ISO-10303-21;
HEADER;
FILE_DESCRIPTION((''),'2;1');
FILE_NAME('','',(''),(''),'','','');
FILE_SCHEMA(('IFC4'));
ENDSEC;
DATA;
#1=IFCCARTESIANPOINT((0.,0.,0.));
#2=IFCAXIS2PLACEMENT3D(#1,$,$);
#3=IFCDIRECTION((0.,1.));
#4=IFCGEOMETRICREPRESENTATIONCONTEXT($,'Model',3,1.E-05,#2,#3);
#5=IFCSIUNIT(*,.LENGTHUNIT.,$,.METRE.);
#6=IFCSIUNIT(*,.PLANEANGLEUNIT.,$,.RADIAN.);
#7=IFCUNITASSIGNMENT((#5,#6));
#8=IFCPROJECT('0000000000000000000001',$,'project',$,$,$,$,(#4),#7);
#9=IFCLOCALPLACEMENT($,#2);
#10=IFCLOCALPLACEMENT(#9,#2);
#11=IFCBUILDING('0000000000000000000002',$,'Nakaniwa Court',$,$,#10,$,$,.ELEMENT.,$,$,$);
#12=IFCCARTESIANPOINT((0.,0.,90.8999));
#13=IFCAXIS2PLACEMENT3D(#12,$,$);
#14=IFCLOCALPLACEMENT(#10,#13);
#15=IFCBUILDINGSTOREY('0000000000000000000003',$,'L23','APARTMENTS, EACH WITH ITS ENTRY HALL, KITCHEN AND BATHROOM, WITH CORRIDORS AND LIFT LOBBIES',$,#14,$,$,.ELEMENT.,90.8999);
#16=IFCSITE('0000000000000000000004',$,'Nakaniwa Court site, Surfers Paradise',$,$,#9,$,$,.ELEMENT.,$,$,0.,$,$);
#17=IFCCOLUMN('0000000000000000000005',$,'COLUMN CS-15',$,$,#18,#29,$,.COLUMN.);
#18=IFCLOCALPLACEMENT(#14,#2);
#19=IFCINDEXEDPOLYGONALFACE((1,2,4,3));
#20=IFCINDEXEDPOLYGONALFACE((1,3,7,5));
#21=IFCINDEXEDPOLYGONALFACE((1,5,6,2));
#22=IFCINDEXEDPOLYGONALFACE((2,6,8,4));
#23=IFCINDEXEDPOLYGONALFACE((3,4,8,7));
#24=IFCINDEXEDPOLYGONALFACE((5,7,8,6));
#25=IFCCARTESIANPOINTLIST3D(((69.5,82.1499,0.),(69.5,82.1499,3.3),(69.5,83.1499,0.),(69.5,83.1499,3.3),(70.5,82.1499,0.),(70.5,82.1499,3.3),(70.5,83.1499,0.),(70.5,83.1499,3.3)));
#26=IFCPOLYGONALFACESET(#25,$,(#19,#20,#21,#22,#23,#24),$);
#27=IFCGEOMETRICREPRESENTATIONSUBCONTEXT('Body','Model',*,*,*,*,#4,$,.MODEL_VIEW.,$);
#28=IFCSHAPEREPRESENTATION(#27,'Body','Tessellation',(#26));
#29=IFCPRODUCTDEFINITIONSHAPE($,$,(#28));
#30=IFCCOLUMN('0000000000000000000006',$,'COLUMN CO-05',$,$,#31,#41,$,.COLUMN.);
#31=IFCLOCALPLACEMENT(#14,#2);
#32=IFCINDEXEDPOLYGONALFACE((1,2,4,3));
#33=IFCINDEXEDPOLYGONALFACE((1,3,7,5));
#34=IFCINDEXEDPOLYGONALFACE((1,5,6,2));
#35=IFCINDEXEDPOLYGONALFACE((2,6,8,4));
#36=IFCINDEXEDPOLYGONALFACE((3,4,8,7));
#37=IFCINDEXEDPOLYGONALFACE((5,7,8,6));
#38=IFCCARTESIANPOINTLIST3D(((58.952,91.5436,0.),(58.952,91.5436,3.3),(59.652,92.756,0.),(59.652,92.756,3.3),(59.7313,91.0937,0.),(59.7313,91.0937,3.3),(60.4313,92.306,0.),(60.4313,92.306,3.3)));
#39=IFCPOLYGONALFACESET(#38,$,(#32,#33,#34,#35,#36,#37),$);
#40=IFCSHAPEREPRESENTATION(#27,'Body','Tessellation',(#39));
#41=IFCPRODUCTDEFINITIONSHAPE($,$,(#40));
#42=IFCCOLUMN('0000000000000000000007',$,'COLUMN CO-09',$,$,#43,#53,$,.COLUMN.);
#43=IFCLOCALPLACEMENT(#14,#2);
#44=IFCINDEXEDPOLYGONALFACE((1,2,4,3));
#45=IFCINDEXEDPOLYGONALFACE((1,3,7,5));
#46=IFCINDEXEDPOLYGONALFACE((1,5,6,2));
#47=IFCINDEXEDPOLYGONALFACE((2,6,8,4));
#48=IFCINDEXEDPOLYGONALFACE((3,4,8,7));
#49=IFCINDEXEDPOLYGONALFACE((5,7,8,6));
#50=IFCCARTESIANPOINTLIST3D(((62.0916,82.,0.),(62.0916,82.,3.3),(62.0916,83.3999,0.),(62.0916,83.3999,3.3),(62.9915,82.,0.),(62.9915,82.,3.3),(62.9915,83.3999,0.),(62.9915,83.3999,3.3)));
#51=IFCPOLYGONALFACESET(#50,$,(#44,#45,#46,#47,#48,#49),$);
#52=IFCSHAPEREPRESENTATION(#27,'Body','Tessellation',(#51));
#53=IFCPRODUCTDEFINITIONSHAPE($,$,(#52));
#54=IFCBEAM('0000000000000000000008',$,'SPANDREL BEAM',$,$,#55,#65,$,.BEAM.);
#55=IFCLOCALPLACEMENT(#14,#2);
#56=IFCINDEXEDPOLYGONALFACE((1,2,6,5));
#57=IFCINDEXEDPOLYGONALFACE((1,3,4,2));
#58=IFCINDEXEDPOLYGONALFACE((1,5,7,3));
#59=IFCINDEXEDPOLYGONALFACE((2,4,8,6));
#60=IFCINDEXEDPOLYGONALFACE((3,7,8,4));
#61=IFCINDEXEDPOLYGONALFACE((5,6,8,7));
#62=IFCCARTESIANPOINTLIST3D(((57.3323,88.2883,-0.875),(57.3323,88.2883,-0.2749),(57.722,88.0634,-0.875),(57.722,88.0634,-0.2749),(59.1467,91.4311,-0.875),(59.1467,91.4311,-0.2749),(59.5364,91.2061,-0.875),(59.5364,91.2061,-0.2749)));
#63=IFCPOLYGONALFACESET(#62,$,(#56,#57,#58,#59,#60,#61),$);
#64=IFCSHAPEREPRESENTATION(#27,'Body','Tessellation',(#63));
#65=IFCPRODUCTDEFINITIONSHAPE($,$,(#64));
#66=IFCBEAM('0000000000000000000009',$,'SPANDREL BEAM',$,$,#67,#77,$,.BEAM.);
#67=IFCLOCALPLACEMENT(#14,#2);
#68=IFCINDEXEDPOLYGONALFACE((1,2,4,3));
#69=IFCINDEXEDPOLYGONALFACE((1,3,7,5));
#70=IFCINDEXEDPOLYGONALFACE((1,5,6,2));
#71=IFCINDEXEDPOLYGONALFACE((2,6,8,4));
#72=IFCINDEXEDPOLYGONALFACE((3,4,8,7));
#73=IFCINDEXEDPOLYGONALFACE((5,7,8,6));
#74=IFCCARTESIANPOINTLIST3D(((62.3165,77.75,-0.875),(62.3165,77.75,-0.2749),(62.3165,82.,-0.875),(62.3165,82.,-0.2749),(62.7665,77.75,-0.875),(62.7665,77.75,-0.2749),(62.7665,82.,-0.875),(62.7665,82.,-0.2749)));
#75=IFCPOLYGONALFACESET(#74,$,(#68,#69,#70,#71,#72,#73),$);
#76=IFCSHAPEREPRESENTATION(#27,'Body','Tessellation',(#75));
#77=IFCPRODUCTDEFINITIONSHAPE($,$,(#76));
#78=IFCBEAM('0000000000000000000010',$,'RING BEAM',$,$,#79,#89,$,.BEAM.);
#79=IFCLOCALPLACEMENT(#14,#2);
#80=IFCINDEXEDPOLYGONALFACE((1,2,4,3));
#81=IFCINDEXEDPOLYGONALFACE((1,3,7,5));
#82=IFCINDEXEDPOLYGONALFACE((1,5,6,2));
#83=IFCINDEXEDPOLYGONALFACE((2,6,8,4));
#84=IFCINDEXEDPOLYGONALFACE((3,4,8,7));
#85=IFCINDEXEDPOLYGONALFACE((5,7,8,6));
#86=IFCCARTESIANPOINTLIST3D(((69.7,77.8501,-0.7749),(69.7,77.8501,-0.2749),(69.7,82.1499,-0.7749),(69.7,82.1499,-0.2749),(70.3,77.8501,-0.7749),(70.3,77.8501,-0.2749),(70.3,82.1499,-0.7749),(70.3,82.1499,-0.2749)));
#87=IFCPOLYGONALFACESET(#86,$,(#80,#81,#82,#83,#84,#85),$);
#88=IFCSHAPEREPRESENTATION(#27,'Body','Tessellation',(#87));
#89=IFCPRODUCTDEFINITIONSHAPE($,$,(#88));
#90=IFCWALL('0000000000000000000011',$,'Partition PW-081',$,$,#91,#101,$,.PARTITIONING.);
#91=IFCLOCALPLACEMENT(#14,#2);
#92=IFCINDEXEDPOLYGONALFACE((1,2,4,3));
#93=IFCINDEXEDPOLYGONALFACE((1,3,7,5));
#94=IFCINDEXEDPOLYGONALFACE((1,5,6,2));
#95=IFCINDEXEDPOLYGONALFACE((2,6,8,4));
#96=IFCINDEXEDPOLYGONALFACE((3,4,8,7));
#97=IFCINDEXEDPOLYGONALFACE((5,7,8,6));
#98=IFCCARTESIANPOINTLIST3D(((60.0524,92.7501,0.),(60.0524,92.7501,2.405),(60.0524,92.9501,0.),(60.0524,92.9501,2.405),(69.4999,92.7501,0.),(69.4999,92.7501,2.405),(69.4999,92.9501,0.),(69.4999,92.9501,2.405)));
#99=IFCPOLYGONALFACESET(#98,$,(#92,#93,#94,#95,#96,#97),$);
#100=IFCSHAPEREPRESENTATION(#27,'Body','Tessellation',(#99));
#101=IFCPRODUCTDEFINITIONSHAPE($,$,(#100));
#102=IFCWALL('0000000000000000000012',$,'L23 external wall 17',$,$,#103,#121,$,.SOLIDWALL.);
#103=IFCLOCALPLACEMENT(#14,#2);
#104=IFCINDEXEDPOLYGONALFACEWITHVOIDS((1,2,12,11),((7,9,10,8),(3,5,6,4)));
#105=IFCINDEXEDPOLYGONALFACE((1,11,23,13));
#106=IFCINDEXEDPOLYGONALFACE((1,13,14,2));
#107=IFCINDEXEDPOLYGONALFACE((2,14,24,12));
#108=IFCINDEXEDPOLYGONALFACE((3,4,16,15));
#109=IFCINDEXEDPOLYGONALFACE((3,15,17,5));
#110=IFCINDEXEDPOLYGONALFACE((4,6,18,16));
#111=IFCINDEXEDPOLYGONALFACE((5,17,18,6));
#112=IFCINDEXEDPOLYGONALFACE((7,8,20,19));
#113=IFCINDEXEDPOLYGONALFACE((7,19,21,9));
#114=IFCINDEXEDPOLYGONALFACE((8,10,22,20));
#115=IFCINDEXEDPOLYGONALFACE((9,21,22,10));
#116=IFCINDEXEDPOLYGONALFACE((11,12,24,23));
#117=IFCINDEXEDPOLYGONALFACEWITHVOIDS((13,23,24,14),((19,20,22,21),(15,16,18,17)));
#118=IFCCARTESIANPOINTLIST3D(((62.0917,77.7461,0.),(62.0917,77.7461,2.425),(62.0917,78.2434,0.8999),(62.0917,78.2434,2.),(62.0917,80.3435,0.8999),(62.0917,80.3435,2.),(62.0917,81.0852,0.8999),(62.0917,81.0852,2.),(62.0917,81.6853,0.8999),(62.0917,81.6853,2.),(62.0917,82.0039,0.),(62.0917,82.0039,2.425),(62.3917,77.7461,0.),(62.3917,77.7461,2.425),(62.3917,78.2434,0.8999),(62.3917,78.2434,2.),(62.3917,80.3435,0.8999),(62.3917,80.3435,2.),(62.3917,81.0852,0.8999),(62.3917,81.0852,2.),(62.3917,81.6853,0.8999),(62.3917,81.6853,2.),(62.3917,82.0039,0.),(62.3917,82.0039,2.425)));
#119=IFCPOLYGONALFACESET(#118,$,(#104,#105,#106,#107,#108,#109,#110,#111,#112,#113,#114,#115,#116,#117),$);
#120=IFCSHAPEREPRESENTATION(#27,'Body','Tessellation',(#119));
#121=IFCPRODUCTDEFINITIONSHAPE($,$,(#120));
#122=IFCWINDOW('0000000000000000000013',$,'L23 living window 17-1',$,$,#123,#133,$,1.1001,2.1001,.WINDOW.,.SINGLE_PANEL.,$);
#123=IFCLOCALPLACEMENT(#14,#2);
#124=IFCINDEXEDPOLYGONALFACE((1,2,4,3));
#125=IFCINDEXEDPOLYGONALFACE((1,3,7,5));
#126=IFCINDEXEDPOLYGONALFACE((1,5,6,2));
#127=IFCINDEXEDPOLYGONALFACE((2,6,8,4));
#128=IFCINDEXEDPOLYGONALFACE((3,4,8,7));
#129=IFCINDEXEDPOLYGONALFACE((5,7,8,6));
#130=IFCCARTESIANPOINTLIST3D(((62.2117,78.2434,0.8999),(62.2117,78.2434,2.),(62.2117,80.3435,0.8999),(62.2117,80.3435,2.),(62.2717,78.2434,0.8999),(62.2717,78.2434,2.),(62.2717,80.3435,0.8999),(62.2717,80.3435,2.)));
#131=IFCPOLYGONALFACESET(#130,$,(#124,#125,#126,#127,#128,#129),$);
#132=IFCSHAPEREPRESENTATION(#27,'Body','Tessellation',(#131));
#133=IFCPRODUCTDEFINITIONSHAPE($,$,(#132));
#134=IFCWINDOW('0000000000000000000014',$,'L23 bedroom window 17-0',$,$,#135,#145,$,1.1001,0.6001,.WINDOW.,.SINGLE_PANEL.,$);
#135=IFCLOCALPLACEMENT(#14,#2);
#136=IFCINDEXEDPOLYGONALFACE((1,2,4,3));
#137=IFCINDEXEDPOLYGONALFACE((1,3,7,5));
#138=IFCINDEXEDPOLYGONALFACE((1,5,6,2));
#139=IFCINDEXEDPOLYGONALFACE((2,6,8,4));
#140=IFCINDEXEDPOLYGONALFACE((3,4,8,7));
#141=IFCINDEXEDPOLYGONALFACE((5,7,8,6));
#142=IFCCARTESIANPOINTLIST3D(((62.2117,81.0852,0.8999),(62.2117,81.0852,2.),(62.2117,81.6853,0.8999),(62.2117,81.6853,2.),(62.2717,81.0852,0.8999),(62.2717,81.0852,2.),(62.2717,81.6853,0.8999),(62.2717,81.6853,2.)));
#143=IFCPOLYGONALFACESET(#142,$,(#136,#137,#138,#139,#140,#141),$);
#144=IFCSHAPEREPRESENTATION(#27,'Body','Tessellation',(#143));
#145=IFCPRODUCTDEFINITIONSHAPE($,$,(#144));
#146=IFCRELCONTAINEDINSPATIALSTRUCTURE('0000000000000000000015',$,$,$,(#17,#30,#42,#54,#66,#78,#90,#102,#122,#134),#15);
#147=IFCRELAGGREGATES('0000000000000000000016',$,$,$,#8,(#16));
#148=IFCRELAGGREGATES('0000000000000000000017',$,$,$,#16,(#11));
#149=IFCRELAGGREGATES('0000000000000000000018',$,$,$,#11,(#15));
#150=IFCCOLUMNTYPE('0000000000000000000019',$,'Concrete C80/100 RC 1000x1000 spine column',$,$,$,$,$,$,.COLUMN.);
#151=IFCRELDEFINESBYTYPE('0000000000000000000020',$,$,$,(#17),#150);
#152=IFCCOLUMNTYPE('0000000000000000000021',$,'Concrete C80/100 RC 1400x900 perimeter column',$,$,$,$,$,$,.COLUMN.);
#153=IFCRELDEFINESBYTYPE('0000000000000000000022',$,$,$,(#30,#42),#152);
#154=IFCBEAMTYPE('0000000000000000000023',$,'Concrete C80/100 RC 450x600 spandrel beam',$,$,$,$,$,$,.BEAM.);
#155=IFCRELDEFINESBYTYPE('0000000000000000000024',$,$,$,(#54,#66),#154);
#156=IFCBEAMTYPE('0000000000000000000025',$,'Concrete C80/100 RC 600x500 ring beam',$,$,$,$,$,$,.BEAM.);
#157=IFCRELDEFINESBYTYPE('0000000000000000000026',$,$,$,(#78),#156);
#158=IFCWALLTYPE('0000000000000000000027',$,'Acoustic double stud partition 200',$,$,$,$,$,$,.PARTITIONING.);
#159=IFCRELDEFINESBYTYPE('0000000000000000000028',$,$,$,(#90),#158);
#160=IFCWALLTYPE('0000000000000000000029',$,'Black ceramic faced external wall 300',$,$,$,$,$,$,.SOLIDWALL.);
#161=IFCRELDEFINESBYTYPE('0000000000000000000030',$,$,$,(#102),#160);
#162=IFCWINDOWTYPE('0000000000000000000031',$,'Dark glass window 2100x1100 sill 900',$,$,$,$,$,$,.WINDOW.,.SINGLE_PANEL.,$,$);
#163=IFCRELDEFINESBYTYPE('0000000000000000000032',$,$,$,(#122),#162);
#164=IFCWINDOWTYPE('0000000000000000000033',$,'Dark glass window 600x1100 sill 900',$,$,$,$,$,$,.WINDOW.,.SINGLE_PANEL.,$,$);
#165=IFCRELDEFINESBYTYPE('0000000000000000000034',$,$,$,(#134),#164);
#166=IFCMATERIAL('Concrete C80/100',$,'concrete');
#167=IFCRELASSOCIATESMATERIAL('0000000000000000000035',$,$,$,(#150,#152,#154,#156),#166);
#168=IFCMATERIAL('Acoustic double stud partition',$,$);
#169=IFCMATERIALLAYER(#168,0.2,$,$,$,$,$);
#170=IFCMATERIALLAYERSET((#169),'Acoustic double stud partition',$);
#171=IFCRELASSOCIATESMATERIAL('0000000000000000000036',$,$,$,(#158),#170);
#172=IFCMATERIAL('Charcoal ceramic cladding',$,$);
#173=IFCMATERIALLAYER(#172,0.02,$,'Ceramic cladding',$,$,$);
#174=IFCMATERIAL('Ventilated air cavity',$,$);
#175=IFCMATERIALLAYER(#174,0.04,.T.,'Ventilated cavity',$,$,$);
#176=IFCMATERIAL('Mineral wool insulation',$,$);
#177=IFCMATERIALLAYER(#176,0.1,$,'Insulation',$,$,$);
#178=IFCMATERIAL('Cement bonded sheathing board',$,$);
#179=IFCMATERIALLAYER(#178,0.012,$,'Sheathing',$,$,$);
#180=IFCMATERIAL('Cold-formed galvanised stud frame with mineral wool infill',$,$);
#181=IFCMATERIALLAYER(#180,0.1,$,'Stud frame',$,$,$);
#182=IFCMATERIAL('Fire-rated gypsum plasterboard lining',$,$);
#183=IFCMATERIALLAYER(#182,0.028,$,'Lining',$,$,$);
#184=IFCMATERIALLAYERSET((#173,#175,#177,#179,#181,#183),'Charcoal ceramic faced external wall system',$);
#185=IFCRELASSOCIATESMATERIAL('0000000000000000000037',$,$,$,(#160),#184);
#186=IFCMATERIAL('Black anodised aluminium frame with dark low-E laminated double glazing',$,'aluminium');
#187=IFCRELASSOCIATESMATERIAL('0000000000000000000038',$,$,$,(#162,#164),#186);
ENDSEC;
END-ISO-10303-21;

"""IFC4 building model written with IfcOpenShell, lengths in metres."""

from ifc_helpers import new_model, si_unit, direction, frame, frame_2d, origin, origin_2d, place, context, subcontext, project, spatial, rectangle, extrude, material, layer, layer_set, material_profile, profile_set, type_object, element, fill, save


model = new_model("IFC4")

# Units and contexts
model_context = context("Model", 3, precision=1e-05, world=origin(), true_north=direction((0.0, 1.0)))
body_context = subcontext(model_context, "Body", "Model", "MODEL_VIEW")
ifc_project = project(units=[si_unit("LENGTHUNIT", "METRE"), si_unit("PLANEANGLEUNIT", "RADIAN")], contexts=[model_context])

# Site, building, storey
site_placement = place(None, origin())
site = spatial("IfcSite", under=ifc_project, at=site_placement, Name="Nakaniwa Court site, Surfers Paradise", CompositionType="ELEMENT", RefElevation=0.0)
building_placement = place(site_placement, origin())
building = spatial("IfcBuilding", under=site, at=building_placement, Name="Nakaniwa Court", CompositionType="ELEMENT")
storey_placement = place(building_placement, frame((0.0, 0.0, 90.8999)))
storey = spatial("IfcBuildingStorey", under=building, at=storey_placement, Name="L23", Description="APARTMENTS, EACH WITH ITS ENTRY HALL, KITCHEN AND BATHROOM, WITH CORRIDORS AND LIFT LOBBIES", CompositionType="ELEMENT", Elevation=90.8999)

# Columns
ifc_material_1 = material(Name="Concrete C80/100", Category="concrete")
ifc_material_profile_1 = material_profile(ifc_material_1, rectangle(XDim=1.0, YDim=1.0, at=origin_2d()), Name="Concrete C80/100 RC 1000x1000 spine column")
ifc_profile_set_1 = profile_set([ifc_material_profile_1], Name="Concrete C80/100")
column_type_1 = type_object("IfcColumnType", Name="Concrete C80/100 RC 1000x1000 spine column", PredefinedType="COLUMN", material=ifc_profile_set_1)
column_placement = place(storey_placement, frame((70.0, 82.6499, 0.0), z_axis=(0.0, 0.0, 1.0), x_axis=(0.0, -1.0, 0.0)))
element("IfcColumn", 1, at=column_placement, inside=storey, type_object=column_type_1, Name="COLUMN CS-15", PredefinedType="COLUMN", context=body_context, shape_type="SweptSolid", body=[
    extrude(rectangle(XDim=1.0, YDim=1.0, at=origin_2d()), origin(), (0.0, 0.0, 1.0), 3.3),
])
ifc_material_profile_2 = material_profile(ifc_material_1, rectangle(XDim=1.3999, YDim=0.8999, at=origin_2d()), Name="Concrete C80/100 RC 1400x900 perimeter column")
ifc_profile_set_2 = profile_set([ifc_material_profile_2], Name="Concrete C80/100")
column_type_2 = type_object("IfcColumnType", Name="Concrete C80/100 RC 1400x900 perimeter column", PredefinedType="COLUMN", material=ifc_profile_set_2)
for number, where, z_axis, x_axis, name in (
    (2, (59.6917, 91.9248, 0.0), (0.0, 0.0, 1.0), (-0.5, -0.866025, 0.0), "COLUMN CO-05"),
    (3, (62.5415, 82.7, 0.0), (0.0, 0.0, 1.0), (0.0, -1.0, 0.0), "COLUMN CO-09"),
):
    element("IfcColumn", number, at=place(storey_placement, frame(where, z_axis=z_axis, x_axis=x_axis)), inside=storey, type_object=column_type_2, Name=name, PredefinedType="COLUMN", context=body_context, shape_type="SweptSolid", body=[
        extrude(rectangle(XDim=1.3999, YDim=0.8999, at=origin_2d()), origin(), (0.0, 0.0, 1.0), 3.3),
    ])

# Beams
ifc_material_profile_3 = material_profile(ifc_material_1, rectangle(XDim=0.45, YDim=0.6001, at=origin_2d()), Name="Concrete C80/100 RC 450x600 spandrel beam")
ifc_profile_set_3 = profile_set([ifc_material_profile_3], Name="Concrete C80/100")
beam_type_1 = type_object("IfcBeamType", Name="Concrete C80/100 RC 450x600 spandrel beam", PredefinedType="BEAM", material=ifc_profile_set_3)
beam_1_placement = place(storey_placement, frame((59.3416, 91.3186, -0.575), z_axis=(-0.499988, -0.866032, 0.0), x_axis=(0.866032, -0.499988, 0.0)))
element("IfcBeam", 4, at=beam_1_placement, inside=storey, type_object=beam_type_1, Name="SPANDREL BEAM", PredefinedType="BEAM", context=body_context, shape_type="SweptSolid", body=[
    extrude(rectangle(XDim=0.45, YDim=0.6001, at=origin_2d()), origin(), (0.0, 0.0, 1.0), 3.6289),
])
beam_2_placement = place(storey_placement, frame((62.5415, 82.0, -0.575), z_axis=(0.0, -1.0, 0.0), x_axis=(1.0, 0.0, 0.0)))
element("IfcBeam", 5, at=beam_2_placement, inside=storey, type_object=beam_type_1, Name="SPANDREL BEAM", PredefinedType="BEAM", context=body_context, shape_type="SweptSolid", body=[
    extrude(rectangle(XDim=0.45, YDim=0.6001, at=origin_2d()), origin(), (0.0, 0.0, 1.0), 4.25),
])
ifc_material_profile_4 = material_profile(ifc_material_1, rectangle(XDim=0.6001, YDim=0.5, at=origin_2d()), Name="Concrete C80/100 RC 600x500 ring beam")
ifc_profile_set_4 = profile_set([ifc_material_profile_4], Name="Concrete C80/100")
beam_type_2 = type_object("IfcBeamType", Name="Concrete C80/100 RC 600x500 ring beam", PredefinedType="BEAM", material=ifc_profile_set_4)
beam_3_placement = place(storey_placement, frame((70.0, 82.1499, -0.5249), z_axis=(0.0, -1.0, 0.0), x_axis=(1.0, 0.0, 0.0)))
element("IfcBeam", 6, at=beam_3_placement, inside=storey, type_object=beam_type_2, Name="RING BEAM", PredefinedType="BEAM", context=body_context, shape_type="SweptSolid", body=[
    extrude(rectangle(XDim=0.6001, YDim=0.5, at=origin_2d()), origin(), (0.0, 0.0, 1.0), 4.2998),
])

# Wall
ifc_material_2 = material(Name="Acoustic double stud partition")
ifc_layer_1 = layer(ifc_material_2, 0.2)
ifc_layer_set_1 = layer_set([ifc_layer_1], Name="Acoustic double stud partition")
wall_type_1 = type_object("IfcWallType", Name="Acoustic double stud partition 200", PredefinedType="PARTITIONING", material=ifc_layer_set_1)
wall_1_placement = place(storey_placement, frame((60.0525, 92.8501, 0.0), z_axis=(0.0, 0.0, 1.0), x_axis=(1.0, 0.0, 0.0)))
element("IfcWall", 7, at=wall_1_placement, inside=storey, type_object=wall_type_1, Name="Partition PW-081", PredefinedType="PARTITIONING", context=body_context, shape_type="SweptSolid", body=[
    extrude(rectangle(XDim=9.4475, YDim=0.2, at=frame_2d((4.7236, 0.0))), origin(), (0.0, 0.0, 1.0), 2.405),
])

# Wall, openings, windows
ifc_material_3 = material(Name="Charcoal ceramic cladding")
ifc_layer_2 = layer(ifc_material_3, 0.02, Name="Ceramic cladding")
ifc_material_4 = material(Name="Ventilated air cavity")
ifc_layer_3 = layer(ifc_material_4, 0.04, ventilated=True, Name="Ventilated cavity")
ifc_material_5 = material(Name="Mineral wool insulation")
ifc_layer_4 = layer(ifc_material_5, 0.1, Name="Insulation")
ifc_material_6 = material(Name="Cement bonded sheathing board")
ifc_layer_5 = layer(ifc_material_6, 0.012, Name="Sheathing")
ifc_material_7 = material(Name="Cold-formed galvanised stud frame with mineral wool infill")
ifc_layer_6 = layer(ifc_material_7, 0.1, Name="Stud frame")
ifc_material_8 = material(Name="Fire-rated gypsum plasterboard lining")
ifc_layer_7 = layer(ifc_material_8, 0.028, Name="Lining")
ifc_layer_set_2 = layer_set([ifc_layer_2, ifc_layer_3, ifc_layer_4, ifc_layer_5, ifc_layer_6, ifc_layer_7], Name="Charcoal ceramic faced external wall system")
wall_type_2 = type_object("IfcWallType", Name="Black ceramic faced external wall 300", PredefinedType="SOLIDWALL", material=ifc_layer_set_2)
wall_2_placement = place(storey_placement, frame((62.2417, 82.0039, 0.0), z_axis=(0.0, 0.0, 1.0), x_axis=(0.0, -1.0, 0.0)))
wall_2 = element("IfcWall", 8, at=wall_2_placement, inside=storey, type_object=wall_type_2, Name="L23 external wall 17", PredefinedType="SOLIDWALL", context=body_context, shape_type="SweptSolid", body=[
    extrude(rectangle(XDim=4.2578, YDim=0.3, at=frame_2d((2.1289, 0.0))), origin(), (0.0, 0.0, 1.0), 2.425),
])
opening_1_placement = place(wall_2_placement, frame((0.3186, 0.0, 0.8999)))
opening_1 = element("IfcOpeningElement", 9, at=opening_1_placement, cuts=wall_2, PredefinedType="OPENING", context=body_context, shape_type="SweptSolid", body=[
    extrude(rectangle(XDim=0.6001, YDim=1.1001, at=frame_2d((0.3, 0.55))), frame((0.0, 0.1599, 0.0), z_axis=(0.0, -1.0, 0.0), x_axis=(1.0, 0.0, 0.0)), (0.0, 0.0, 1.0), 0.3201),
])
opening_2_placement = place(wall_2_placement, frame((1.6604, 0.0, 0.8999)))
opening_2 = element("IfcOpeningElement", 10, at=opening_2_placement, cuts=wall_2, PredefinedType="OPENING", context=body_context, shape_type="SweptSolid", body=[
    extrude(rectangle(XDim=2.1001, YDim=1.1001, at=frame_2d((1.05, 0.55))), frame((0.0, 0.1599, 0.0), z_axis=(0.0, -1.0, 0.0), x_axis=(1.0, 0.0, 0.0)), (0.0, 0.0, 1.0), 0.3201),
])
ifc_material_9 = material(Name="Black anodised aluminium frame with dark low-E laminated double glazing", Category="aluminium")
window_type_1 = type_object("IfcWindowType", Name="Dark glass window 2100x1100 sill 900", PartitioningType="SINGLE_PANEL", PredefinedType="WINDOW", material=ifc_material_9)
window_1_placement = place(opening_2_placement, origin())
window_1 = element("IfcWindow", 11, at=window_1_placement, inside=storey, type_object=window_type_1, Name="L23 living window 17-1", OverallHeight=1.1001, OverallWidth=2.1001, PartitioningType="SINGLE_PANEL", PredefinedType="WINDOW", context=body_context, shape_type="SweptSolid", body=[
    extrude(rectangle(XDim=2.1001, YDim=1.1001, at=frame_2d((1.05, 0.55))), frame((0.0, 0.03, 0.0), z_axis=(0.0, -1.0, 0.0), x_axis=(1.0, 0.0, 0.0)), (0.0, 0.0, 1.0), 0.0601),
])
fill(opening_2, window_1)
window_type_2 = type_object("IfcWindowType", Name="Dark glass window 600x1100 sill 900", PartitioningType="SINGLE_PANEL", PredefinedType="WINDOW", material=ifc_material_9)
window_2_placement = place(opening_1_placement, origin())
window_2 = element("IfcWindow", 12, at=window_2_placement, inside=storey, type_object=window_type_2, Name="L23 bedroom window 17-0", OverallHeight=1.1001, OverallWidth=0.6001, PartitioningType="SINGLE_PANEL", PredefinedType="WINDOW", context=body_context, shape_type="SweptSolid", body=[
    extrude(rectangle(XDim=0.6001, YDim=1.1001, at=frame_2d((0.3, 0.55))), frame((0.0, 0.03, 0.0), z_axis=(0.0, -1.0, 0.0), x_axis=(1.0, 0.0, 0.0)), (0.0, 0.0, 1.0), 0.0601),
])
fill(opening_1, window_2)

save(model, "model.ifc")
